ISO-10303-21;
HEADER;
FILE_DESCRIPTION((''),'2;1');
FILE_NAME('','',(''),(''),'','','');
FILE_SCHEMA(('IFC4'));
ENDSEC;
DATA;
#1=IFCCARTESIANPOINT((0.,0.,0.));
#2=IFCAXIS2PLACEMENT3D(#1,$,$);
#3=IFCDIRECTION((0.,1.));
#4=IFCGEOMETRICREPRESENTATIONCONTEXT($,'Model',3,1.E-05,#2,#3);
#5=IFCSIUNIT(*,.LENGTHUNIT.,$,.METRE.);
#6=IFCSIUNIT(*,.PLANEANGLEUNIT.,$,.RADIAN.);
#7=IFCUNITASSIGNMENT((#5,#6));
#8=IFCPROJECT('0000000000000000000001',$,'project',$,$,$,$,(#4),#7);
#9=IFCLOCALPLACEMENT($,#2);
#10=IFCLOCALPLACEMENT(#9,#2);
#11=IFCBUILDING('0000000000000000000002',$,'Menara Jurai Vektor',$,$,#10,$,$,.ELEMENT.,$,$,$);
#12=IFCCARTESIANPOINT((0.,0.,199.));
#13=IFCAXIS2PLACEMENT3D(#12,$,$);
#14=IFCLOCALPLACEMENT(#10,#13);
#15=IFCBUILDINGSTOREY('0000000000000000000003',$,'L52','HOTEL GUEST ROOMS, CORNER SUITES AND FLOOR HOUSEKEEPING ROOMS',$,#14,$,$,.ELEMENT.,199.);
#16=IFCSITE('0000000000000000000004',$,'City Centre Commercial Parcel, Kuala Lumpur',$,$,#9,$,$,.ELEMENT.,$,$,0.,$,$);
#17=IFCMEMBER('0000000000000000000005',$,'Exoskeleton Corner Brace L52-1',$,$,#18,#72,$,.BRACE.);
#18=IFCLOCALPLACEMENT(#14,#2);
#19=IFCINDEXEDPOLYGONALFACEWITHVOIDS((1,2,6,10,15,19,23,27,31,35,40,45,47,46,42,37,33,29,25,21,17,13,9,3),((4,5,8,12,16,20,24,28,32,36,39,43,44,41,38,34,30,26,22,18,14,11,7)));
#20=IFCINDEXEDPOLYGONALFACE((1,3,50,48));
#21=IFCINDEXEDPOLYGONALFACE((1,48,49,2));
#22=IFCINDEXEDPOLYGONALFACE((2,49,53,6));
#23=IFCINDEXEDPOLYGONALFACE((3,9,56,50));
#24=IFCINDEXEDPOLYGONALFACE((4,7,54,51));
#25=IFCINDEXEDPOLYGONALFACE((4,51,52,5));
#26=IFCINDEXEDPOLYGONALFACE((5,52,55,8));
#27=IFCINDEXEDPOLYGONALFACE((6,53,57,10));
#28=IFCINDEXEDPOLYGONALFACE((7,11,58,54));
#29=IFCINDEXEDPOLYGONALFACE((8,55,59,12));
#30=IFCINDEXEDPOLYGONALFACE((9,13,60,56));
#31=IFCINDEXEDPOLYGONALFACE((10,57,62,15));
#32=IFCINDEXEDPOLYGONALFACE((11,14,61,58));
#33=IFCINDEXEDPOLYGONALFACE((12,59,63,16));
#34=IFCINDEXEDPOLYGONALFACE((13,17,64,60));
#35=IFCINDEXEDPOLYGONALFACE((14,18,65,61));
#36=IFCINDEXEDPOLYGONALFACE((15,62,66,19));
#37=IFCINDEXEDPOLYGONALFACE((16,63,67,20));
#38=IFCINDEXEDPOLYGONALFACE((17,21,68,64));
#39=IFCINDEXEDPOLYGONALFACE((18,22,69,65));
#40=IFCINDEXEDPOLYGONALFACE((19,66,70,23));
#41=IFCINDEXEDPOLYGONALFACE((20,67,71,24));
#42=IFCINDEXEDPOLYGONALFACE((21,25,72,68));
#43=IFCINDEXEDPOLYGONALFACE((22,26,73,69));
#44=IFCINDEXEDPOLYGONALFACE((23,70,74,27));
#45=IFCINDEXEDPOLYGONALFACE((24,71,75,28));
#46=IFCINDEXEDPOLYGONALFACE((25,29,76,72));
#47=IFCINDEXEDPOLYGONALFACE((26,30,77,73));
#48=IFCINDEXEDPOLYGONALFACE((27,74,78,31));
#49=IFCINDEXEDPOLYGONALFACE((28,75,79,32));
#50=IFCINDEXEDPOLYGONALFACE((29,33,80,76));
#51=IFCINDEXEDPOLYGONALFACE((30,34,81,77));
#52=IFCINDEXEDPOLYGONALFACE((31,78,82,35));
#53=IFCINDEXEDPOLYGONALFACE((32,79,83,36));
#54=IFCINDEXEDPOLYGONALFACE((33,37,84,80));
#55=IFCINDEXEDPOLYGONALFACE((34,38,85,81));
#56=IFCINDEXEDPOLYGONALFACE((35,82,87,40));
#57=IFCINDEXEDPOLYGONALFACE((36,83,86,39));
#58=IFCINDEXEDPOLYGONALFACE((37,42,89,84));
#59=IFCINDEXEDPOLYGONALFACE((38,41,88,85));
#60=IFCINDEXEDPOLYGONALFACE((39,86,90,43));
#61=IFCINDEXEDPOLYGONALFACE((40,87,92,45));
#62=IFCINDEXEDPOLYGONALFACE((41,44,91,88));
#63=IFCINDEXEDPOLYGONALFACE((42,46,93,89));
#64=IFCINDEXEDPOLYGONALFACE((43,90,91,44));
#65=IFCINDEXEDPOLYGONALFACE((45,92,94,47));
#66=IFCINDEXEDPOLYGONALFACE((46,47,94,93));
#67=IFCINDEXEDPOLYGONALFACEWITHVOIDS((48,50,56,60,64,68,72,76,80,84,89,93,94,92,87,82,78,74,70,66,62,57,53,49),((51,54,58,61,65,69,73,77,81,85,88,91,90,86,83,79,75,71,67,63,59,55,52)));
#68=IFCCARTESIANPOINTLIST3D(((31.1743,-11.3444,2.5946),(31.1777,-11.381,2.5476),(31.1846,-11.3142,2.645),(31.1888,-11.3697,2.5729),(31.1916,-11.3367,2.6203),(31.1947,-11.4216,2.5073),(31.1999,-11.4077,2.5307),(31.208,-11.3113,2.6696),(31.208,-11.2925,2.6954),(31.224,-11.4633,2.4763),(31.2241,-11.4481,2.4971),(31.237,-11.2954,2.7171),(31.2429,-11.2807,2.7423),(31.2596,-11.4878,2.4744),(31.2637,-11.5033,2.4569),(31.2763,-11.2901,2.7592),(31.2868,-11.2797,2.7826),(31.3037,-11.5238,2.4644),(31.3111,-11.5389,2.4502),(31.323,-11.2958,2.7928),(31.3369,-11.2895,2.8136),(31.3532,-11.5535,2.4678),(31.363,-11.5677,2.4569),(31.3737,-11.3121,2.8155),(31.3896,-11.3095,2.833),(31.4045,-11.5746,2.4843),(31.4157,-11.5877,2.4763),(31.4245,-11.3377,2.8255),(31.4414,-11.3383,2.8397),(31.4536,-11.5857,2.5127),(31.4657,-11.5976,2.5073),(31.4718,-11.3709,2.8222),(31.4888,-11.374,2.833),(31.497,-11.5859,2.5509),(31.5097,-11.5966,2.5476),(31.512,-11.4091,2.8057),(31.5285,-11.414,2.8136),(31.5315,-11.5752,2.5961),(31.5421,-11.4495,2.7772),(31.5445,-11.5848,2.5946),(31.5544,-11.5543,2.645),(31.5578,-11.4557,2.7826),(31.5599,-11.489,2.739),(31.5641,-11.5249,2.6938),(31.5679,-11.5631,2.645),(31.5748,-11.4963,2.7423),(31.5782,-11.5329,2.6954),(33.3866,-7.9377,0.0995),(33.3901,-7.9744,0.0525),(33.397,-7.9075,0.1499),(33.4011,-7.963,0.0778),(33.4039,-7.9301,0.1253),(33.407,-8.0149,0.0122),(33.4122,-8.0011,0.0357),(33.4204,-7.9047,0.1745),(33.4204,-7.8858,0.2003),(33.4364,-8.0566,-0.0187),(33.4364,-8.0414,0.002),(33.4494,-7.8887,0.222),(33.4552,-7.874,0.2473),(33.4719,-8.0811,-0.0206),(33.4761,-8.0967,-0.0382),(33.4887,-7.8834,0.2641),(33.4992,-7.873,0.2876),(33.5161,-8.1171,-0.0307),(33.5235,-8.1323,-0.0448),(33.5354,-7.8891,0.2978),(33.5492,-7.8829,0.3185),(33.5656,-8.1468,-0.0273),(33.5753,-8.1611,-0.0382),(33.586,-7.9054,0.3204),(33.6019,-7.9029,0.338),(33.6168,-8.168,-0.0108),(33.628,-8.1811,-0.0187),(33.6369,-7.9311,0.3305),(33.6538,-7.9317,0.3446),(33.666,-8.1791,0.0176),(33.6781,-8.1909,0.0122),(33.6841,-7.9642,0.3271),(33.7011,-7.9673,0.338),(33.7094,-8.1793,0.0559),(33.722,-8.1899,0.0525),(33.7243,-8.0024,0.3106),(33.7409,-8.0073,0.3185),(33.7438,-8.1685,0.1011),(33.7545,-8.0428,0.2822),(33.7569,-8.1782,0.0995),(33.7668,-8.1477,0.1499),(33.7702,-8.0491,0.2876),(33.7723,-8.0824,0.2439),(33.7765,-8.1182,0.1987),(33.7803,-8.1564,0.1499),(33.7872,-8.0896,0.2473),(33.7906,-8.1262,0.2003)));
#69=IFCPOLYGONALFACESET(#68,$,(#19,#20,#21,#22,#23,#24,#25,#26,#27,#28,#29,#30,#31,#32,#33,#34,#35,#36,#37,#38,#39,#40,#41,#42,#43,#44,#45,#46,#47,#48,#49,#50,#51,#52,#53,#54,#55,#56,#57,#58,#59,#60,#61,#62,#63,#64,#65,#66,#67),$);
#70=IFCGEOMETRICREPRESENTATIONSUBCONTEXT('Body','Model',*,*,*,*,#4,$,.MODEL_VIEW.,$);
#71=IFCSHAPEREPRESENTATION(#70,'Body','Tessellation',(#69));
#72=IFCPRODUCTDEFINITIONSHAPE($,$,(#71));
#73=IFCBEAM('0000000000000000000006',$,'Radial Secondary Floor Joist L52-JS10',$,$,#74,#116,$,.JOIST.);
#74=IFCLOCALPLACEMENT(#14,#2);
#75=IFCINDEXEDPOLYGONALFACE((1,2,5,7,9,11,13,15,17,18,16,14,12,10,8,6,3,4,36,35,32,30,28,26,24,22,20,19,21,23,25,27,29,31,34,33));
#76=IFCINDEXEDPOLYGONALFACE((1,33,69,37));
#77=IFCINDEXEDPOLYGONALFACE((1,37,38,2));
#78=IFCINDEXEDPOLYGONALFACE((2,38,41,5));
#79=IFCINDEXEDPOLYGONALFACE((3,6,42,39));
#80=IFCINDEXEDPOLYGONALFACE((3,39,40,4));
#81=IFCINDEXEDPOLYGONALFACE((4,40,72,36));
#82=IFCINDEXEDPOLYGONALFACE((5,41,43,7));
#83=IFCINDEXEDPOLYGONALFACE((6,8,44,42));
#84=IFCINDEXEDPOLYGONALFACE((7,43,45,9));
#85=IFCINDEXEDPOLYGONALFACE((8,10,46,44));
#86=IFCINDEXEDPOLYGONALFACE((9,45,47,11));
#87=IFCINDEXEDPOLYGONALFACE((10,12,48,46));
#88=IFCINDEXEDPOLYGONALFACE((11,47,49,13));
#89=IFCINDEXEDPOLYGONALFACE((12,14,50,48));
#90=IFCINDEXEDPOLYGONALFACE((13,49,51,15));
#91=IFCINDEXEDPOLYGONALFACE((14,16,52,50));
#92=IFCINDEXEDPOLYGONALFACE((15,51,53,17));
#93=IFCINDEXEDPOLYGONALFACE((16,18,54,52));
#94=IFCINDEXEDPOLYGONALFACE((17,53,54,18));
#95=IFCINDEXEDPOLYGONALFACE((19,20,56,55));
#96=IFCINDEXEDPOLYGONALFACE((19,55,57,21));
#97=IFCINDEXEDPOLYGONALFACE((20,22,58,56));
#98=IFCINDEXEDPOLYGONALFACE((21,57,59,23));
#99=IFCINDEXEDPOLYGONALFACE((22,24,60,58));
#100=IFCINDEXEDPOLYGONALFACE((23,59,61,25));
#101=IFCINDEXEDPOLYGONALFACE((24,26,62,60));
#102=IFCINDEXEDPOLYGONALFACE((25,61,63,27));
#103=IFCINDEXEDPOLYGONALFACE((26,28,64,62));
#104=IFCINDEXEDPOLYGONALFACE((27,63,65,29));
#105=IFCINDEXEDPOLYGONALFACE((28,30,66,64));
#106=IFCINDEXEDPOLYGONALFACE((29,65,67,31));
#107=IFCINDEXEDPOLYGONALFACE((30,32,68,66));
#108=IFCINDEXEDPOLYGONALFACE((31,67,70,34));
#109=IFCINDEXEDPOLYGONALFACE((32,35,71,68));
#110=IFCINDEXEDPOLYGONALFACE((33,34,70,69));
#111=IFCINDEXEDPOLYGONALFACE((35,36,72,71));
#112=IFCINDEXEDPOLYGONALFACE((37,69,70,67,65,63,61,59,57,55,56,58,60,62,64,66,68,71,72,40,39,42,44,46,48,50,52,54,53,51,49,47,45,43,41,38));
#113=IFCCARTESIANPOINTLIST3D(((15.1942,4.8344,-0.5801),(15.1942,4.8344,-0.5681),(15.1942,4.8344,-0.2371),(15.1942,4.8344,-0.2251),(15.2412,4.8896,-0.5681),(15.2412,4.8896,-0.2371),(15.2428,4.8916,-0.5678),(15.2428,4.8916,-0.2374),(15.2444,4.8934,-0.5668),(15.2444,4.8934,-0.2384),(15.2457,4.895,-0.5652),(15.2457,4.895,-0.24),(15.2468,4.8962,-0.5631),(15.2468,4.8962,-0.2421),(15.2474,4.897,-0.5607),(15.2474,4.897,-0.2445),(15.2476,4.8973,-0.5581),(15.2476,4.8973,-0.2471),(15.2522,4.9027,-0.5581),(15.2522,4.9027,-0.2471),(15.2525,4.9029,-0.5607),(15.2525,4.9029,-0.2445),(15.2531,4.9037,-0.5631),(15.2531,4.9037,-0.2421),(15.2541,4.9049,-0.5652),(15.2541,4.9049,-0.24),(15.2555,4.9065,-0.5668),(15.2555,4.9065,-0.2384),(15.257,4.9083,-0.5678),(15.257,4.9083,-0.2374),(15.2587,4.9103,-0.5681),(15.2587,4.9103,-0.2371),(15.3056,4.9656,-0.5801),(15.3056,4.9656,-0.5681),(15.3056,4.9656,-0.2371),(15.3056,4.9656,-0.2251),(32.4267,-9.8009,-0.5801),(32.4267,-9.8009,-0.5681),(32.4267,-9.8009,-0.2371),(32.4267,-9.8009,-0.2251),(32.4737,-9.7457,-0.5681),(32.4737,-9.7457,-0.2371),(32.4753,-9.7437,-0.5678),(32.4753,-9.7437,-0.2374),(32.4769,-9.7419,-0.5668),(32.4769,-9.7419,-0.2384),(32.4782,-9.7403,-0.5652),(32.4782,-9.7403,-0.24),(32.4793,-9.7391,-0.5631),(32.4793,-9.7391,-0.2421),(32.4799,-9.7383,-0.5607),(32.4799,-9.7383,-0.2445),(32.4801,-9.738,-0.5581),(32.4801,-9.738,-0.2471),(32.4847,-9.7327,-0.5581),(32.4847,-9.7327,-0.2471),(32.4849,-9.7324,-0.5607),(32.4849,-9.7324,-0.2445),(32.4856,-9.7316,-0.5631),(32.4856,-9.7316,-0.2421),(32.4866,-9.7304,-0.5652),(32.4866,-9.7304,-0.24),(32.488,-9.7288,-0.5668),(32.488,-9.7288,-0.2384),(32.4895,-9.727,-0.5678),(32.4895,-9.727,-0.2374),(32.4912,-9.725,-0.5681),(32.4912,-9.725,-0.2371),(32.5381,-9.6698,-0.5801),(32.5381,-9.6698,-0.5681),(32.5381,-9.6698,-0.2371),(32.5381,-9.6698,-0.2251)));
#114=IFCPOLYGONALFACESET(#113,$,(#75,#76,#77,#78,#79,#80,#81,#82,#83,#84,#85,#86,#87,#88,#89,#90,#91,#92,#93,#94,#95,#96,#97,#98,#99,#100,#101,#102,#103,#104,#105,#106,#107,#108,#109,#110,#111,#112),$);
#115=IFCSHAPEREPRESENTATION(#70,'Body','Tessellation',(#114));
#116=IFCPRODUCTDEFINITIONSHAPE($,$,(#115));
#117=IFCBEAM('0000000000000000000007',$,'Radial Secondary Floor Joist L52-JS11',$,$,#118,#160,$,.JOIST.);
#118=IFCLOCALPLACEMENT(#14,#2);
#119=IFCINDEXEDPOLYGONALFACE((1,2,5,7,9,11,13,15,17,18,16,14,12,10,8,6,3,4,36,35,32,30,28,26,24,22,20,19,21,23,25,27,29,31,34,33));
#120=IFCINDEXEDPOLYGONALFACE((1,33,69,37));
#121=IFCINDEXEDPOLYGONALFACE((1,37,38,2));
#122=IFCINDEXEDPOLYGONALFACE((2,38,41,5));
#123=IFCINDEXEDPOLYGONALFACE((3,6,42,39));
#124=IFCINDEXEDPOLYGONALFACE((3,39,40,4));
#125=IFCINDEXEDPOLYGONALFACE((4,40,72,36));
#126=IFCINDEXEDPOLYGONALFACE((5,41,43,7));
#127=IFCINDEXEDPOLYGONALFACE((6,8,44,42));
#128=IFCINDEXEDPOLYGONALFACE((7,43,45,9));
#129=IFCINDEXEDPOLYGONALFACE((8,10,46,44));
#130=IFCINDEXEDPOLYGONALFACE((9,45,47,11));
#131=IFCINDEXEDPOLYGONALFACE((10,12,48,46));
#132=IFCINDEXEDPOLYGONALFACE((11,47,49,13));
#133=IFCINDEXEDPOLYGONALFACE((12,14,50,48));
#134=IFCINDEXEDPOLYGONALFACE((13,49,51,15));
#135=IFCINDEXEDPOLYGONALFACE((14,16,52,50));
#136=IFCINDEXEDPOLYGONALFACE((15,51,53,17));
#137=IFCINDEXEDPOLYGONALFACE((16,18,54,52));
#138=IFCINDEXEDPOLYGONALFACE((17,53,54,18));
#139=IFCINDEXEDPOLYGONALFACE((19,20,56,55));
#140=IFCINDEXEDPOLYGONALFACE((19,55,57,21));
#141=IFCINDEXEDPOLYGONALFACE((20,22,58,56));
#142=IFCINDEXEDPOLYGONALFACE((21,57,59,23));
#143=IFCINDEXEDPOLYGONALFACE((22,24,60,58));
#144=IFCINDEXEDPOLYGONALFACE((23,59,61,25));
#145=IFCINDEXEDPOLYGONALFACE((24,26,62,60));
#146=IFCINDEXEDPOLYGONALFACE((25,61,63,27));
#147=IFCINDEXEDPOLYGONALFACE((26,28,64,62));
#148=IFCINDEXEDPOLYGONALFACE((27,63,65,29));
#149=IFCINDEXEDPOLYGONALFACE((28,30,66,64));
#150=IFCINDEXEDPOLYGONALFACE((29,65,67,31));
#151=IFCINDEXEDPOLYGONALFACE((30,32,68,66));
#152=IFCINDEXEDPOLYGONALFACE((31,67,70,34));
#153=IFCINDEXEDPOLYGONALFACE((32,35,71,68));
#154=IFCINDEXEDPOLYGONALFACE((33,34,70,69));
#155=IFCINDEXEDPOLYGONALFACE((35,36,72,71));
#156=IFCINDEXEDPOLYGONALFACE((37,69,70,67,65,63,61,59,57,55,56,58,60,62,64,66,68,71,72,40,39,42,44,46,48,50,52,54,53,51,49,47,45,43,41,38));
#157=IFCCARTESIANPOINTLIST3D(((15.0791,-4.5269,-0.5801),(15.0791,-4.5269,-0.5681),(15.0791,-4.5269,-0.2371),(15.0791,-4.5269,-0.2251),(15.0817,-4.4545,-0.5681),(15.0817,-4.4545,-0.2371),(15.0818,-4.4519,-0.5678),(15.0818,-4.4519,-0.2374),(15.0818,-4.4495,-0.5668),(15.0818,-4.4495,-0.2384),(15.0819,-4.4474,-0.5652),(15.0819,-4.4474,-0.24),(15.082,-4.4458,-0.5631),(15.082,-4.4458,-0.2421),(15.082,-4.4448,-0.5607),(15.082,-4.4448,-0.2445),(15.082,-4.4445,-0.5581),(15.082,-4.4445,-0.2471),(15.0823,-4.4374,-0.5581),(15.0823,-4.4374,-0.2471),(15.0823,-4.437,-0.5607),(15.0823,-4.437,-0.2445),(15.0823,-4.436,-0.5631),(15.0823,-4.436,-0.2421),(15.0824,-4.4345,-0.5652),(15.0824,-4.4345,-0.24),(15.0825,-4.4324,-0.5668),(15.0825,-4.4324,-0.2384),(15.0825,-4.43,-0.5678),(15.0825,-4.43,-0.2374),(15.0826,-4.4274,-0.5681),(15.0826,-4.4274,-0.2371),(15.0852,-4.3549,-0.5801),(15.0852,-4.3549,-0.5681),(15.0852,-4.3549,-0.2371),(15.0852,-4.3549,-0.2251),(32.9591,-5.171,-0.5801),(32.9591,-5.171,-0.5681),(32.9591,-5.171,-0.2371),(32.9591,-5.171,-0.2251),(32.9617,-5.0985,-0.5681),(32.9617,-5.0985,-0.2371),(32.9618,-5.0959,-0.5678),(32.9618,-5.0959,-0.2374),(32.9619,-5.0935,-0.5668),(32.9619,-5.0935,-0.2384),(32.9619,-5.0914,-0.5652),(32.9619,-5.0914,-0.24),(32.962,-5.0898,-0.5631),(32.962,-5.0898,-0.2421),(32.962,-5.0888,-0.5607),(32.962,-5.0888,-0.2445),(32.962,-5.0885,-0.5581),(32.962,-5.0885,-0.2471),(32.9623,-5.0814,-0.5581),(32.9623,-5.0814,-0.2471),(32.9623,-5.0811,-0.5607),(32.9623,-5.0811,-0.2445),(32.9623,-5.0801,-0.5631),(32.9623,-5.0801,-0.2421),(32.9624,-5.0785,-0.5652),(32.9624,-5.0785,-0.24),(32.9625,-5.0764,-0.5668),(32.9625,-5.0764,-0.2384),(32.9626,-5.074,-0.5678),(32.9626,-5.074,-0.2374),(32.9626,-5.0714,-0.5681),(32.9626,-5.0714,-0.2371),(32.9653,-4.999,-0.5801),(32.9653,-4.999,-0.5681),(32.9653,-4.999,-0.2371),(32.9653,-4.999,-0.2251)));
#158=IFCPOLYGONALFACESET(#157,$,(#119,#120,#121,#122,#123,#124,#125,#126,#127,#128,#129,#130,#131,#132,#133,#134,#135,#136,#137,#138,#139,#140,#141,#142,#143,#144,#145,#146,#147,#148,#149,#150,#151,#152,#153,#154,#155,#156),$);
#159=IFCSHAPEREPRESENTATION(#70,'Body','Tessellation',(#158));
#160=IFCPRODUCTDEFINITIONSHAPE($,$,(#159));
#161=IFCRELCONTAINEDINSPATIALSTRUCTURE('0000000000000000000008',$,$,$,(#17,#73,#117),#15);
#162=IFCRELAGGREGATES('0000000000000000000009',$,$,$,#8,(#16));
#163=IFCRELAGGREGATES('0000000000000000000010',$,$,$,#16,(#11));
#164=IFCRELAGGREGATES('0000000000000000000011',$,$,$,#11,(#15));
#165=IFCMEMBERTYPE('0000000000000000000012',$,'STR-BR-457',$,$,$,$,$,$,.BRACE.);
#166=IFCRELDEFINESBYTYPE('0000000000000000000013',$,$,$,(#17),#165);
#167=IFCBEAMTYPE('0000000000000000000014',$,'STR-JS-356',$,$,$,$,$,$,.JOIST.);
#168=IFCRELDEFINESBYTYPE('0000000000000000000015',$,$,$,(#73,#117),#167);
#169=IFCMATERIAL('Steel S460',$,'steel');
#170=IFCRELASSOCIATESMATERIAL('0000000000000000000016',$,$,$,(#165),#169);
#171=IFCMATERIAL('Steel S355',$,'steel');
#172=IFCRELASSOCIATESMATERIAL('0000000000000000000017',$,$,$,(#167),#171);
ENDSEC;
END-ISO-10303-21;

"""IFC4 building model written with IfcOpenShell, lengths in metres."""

from ifc_helpers import new_model, si_unit, direction, frame, origin, origin_2d, place, context, subcontext, project, spatial, hollow_circle, i_section, extrude, material, material_profile, profile_set, type_object, element, save


model = new_model("IFC4")

# Units and contexts
model_context = context("Model", 3, precision=1e-05, world=origin(), true_north=direction((0.0, 1.0)))
body_context = subcontext(model_context, "Body", "Model", "MODEL_VIEW")
ifc_project = project(units=[si_unit("LENGTHUNIT", "METRE"), si_unit("PLANEANGLEUNIT", "RADIAN")], contexts=[model_context])

# Site, building, storey
site_placement = place(None, origin())
site = spatial("IfcSite", under=ifc_project, at=site_placement, Name="City Centre Commercial Parcel, Kuala Lumpur", CompositionType="ELEMENT", RefElevation=0.0)
building_placement = place(site_placement, origin())
building = spatial("IfcBuilding", under=site, at=building_placement, Name="Menara Jurai Vektor", CompositionType="ELEMENT")
storey_placement = place(building_placement, frame((0.0, 0.0, 199.0)))
storey = spatial("IfcBuildingStorey", under=building, at=storey_placement, Name="L52", Description="HOTEL GUEST ROOMS, CORNER SUITES AND FLOOR HOUSEKEEPING ROOMS", CompositionType="ELEMENT", Elevation=199.0)

# Shared definitions
ifc_material_1 = material(Name="Steel S460", Category="steel")

# Shared definitions
ifc_material_2 = material(Name="Steel S355", Category="steel")

# Member
ifc_material_profile_1 = material_profile(ifc_material_1, hollow_circle(Radius=0.2285, WallThickness=0.0161, at=origin_2d()), Name="CHS 457x16")
ifc_profile_set_1 = profile_set([ifc_material_profile_1], Name="Steel S460")
member_type_1 = type_object("IfcMemberType", Name="STR-BR-457", PredefinedType="BRACE", material=ifc_profile_set_1)
member_1_placement = place(storey_placement, frame((33.5886, -8.032, 0.1499), z_axis=(-0.464088, -0.71462, 0.523393), x_axis=(0.838666, -0.544646, 0.0)))
element("IfcMember", 1, at=member_1_placement, inside=storey, type_object=member_type_1, Name="Exoskeleton Corner Brace L52-1", PredefinedType="BRACE", context=body_context, shape_type="SweptSolid", body=[
    extrude(hollow_circle(Radius=0.2285, WallThickness=0.0161, at=origin_2d()), origin(), (0.0, 0.0, 1.0), 4.7671),
])

# Beams
ifc_material_profile_2 = material_profile(ifc_material_2, i_section(OverallWidth=0.1721, OverallDepth=0.355, WebThickness=0.0071, FlangeThickness=0.012, FilletRadius=0.01, at=origin_2d()), Name="UKB 356x171x51")
ifc_profile_set_2 = profile_set([ifc_material_profile_2], Name="Steel S355")
beam_type_1 = type_object("IfcBeamType", Name="STR-JS-356", PredefinedType="JOIST", material=ifc_profile_set_2)
beam_1_placement = place(storey_placement, frame((32.4824, -9.7354, -0.4026), z_axis=(-0.762208, 0.647332, 0.0), x_axis=(-0.647332, -0.762208, 0.0)))
element("IfcBeam", 2, at=beam_1_placement, inside=storey, type_object=beam_type_1, Name="Radial Secondary Floor Joist L52-JS10", PredefinedType="JOIST", context=body_context, shape_type="SweptSolid", body=[
    extrude(i_section(OverallWidth=0.1721, OverallDepth=0.355, WebThickness=0.0071, FlangeThickness=0.012, FilletRadius=0.01, at=origin_2d()), origin(), (0.0, 0.0, 1.0), 22.6086),
])
beam_2_placement = place(storey_placement, frame((32.9622, -5.085, -0.4026), z_axis=(-0.999352, 0.035997, 0.0), x_axis=(-0.035997, -0.999352, 0.0)))
element("IfcBeam", 3, at=beam_2_placement, inside=storey, type_object=beam_type_1, Name="Radial Secondary Floor Joist L52-JS11", PredefinedType="JOIST", context=body_context, shape_type="SweptSolid", body=[
    extrude(i_section(OverallWidth=0.1721, OverallDepth=0.355, WebThickness=0.0071, FlangeThickness=0.012, FilletRadius=0.01, at=origin_2d()), origin(), (0.0, 0.0, 1.0), 17.8916),
])

save(model, "model.ifc")
